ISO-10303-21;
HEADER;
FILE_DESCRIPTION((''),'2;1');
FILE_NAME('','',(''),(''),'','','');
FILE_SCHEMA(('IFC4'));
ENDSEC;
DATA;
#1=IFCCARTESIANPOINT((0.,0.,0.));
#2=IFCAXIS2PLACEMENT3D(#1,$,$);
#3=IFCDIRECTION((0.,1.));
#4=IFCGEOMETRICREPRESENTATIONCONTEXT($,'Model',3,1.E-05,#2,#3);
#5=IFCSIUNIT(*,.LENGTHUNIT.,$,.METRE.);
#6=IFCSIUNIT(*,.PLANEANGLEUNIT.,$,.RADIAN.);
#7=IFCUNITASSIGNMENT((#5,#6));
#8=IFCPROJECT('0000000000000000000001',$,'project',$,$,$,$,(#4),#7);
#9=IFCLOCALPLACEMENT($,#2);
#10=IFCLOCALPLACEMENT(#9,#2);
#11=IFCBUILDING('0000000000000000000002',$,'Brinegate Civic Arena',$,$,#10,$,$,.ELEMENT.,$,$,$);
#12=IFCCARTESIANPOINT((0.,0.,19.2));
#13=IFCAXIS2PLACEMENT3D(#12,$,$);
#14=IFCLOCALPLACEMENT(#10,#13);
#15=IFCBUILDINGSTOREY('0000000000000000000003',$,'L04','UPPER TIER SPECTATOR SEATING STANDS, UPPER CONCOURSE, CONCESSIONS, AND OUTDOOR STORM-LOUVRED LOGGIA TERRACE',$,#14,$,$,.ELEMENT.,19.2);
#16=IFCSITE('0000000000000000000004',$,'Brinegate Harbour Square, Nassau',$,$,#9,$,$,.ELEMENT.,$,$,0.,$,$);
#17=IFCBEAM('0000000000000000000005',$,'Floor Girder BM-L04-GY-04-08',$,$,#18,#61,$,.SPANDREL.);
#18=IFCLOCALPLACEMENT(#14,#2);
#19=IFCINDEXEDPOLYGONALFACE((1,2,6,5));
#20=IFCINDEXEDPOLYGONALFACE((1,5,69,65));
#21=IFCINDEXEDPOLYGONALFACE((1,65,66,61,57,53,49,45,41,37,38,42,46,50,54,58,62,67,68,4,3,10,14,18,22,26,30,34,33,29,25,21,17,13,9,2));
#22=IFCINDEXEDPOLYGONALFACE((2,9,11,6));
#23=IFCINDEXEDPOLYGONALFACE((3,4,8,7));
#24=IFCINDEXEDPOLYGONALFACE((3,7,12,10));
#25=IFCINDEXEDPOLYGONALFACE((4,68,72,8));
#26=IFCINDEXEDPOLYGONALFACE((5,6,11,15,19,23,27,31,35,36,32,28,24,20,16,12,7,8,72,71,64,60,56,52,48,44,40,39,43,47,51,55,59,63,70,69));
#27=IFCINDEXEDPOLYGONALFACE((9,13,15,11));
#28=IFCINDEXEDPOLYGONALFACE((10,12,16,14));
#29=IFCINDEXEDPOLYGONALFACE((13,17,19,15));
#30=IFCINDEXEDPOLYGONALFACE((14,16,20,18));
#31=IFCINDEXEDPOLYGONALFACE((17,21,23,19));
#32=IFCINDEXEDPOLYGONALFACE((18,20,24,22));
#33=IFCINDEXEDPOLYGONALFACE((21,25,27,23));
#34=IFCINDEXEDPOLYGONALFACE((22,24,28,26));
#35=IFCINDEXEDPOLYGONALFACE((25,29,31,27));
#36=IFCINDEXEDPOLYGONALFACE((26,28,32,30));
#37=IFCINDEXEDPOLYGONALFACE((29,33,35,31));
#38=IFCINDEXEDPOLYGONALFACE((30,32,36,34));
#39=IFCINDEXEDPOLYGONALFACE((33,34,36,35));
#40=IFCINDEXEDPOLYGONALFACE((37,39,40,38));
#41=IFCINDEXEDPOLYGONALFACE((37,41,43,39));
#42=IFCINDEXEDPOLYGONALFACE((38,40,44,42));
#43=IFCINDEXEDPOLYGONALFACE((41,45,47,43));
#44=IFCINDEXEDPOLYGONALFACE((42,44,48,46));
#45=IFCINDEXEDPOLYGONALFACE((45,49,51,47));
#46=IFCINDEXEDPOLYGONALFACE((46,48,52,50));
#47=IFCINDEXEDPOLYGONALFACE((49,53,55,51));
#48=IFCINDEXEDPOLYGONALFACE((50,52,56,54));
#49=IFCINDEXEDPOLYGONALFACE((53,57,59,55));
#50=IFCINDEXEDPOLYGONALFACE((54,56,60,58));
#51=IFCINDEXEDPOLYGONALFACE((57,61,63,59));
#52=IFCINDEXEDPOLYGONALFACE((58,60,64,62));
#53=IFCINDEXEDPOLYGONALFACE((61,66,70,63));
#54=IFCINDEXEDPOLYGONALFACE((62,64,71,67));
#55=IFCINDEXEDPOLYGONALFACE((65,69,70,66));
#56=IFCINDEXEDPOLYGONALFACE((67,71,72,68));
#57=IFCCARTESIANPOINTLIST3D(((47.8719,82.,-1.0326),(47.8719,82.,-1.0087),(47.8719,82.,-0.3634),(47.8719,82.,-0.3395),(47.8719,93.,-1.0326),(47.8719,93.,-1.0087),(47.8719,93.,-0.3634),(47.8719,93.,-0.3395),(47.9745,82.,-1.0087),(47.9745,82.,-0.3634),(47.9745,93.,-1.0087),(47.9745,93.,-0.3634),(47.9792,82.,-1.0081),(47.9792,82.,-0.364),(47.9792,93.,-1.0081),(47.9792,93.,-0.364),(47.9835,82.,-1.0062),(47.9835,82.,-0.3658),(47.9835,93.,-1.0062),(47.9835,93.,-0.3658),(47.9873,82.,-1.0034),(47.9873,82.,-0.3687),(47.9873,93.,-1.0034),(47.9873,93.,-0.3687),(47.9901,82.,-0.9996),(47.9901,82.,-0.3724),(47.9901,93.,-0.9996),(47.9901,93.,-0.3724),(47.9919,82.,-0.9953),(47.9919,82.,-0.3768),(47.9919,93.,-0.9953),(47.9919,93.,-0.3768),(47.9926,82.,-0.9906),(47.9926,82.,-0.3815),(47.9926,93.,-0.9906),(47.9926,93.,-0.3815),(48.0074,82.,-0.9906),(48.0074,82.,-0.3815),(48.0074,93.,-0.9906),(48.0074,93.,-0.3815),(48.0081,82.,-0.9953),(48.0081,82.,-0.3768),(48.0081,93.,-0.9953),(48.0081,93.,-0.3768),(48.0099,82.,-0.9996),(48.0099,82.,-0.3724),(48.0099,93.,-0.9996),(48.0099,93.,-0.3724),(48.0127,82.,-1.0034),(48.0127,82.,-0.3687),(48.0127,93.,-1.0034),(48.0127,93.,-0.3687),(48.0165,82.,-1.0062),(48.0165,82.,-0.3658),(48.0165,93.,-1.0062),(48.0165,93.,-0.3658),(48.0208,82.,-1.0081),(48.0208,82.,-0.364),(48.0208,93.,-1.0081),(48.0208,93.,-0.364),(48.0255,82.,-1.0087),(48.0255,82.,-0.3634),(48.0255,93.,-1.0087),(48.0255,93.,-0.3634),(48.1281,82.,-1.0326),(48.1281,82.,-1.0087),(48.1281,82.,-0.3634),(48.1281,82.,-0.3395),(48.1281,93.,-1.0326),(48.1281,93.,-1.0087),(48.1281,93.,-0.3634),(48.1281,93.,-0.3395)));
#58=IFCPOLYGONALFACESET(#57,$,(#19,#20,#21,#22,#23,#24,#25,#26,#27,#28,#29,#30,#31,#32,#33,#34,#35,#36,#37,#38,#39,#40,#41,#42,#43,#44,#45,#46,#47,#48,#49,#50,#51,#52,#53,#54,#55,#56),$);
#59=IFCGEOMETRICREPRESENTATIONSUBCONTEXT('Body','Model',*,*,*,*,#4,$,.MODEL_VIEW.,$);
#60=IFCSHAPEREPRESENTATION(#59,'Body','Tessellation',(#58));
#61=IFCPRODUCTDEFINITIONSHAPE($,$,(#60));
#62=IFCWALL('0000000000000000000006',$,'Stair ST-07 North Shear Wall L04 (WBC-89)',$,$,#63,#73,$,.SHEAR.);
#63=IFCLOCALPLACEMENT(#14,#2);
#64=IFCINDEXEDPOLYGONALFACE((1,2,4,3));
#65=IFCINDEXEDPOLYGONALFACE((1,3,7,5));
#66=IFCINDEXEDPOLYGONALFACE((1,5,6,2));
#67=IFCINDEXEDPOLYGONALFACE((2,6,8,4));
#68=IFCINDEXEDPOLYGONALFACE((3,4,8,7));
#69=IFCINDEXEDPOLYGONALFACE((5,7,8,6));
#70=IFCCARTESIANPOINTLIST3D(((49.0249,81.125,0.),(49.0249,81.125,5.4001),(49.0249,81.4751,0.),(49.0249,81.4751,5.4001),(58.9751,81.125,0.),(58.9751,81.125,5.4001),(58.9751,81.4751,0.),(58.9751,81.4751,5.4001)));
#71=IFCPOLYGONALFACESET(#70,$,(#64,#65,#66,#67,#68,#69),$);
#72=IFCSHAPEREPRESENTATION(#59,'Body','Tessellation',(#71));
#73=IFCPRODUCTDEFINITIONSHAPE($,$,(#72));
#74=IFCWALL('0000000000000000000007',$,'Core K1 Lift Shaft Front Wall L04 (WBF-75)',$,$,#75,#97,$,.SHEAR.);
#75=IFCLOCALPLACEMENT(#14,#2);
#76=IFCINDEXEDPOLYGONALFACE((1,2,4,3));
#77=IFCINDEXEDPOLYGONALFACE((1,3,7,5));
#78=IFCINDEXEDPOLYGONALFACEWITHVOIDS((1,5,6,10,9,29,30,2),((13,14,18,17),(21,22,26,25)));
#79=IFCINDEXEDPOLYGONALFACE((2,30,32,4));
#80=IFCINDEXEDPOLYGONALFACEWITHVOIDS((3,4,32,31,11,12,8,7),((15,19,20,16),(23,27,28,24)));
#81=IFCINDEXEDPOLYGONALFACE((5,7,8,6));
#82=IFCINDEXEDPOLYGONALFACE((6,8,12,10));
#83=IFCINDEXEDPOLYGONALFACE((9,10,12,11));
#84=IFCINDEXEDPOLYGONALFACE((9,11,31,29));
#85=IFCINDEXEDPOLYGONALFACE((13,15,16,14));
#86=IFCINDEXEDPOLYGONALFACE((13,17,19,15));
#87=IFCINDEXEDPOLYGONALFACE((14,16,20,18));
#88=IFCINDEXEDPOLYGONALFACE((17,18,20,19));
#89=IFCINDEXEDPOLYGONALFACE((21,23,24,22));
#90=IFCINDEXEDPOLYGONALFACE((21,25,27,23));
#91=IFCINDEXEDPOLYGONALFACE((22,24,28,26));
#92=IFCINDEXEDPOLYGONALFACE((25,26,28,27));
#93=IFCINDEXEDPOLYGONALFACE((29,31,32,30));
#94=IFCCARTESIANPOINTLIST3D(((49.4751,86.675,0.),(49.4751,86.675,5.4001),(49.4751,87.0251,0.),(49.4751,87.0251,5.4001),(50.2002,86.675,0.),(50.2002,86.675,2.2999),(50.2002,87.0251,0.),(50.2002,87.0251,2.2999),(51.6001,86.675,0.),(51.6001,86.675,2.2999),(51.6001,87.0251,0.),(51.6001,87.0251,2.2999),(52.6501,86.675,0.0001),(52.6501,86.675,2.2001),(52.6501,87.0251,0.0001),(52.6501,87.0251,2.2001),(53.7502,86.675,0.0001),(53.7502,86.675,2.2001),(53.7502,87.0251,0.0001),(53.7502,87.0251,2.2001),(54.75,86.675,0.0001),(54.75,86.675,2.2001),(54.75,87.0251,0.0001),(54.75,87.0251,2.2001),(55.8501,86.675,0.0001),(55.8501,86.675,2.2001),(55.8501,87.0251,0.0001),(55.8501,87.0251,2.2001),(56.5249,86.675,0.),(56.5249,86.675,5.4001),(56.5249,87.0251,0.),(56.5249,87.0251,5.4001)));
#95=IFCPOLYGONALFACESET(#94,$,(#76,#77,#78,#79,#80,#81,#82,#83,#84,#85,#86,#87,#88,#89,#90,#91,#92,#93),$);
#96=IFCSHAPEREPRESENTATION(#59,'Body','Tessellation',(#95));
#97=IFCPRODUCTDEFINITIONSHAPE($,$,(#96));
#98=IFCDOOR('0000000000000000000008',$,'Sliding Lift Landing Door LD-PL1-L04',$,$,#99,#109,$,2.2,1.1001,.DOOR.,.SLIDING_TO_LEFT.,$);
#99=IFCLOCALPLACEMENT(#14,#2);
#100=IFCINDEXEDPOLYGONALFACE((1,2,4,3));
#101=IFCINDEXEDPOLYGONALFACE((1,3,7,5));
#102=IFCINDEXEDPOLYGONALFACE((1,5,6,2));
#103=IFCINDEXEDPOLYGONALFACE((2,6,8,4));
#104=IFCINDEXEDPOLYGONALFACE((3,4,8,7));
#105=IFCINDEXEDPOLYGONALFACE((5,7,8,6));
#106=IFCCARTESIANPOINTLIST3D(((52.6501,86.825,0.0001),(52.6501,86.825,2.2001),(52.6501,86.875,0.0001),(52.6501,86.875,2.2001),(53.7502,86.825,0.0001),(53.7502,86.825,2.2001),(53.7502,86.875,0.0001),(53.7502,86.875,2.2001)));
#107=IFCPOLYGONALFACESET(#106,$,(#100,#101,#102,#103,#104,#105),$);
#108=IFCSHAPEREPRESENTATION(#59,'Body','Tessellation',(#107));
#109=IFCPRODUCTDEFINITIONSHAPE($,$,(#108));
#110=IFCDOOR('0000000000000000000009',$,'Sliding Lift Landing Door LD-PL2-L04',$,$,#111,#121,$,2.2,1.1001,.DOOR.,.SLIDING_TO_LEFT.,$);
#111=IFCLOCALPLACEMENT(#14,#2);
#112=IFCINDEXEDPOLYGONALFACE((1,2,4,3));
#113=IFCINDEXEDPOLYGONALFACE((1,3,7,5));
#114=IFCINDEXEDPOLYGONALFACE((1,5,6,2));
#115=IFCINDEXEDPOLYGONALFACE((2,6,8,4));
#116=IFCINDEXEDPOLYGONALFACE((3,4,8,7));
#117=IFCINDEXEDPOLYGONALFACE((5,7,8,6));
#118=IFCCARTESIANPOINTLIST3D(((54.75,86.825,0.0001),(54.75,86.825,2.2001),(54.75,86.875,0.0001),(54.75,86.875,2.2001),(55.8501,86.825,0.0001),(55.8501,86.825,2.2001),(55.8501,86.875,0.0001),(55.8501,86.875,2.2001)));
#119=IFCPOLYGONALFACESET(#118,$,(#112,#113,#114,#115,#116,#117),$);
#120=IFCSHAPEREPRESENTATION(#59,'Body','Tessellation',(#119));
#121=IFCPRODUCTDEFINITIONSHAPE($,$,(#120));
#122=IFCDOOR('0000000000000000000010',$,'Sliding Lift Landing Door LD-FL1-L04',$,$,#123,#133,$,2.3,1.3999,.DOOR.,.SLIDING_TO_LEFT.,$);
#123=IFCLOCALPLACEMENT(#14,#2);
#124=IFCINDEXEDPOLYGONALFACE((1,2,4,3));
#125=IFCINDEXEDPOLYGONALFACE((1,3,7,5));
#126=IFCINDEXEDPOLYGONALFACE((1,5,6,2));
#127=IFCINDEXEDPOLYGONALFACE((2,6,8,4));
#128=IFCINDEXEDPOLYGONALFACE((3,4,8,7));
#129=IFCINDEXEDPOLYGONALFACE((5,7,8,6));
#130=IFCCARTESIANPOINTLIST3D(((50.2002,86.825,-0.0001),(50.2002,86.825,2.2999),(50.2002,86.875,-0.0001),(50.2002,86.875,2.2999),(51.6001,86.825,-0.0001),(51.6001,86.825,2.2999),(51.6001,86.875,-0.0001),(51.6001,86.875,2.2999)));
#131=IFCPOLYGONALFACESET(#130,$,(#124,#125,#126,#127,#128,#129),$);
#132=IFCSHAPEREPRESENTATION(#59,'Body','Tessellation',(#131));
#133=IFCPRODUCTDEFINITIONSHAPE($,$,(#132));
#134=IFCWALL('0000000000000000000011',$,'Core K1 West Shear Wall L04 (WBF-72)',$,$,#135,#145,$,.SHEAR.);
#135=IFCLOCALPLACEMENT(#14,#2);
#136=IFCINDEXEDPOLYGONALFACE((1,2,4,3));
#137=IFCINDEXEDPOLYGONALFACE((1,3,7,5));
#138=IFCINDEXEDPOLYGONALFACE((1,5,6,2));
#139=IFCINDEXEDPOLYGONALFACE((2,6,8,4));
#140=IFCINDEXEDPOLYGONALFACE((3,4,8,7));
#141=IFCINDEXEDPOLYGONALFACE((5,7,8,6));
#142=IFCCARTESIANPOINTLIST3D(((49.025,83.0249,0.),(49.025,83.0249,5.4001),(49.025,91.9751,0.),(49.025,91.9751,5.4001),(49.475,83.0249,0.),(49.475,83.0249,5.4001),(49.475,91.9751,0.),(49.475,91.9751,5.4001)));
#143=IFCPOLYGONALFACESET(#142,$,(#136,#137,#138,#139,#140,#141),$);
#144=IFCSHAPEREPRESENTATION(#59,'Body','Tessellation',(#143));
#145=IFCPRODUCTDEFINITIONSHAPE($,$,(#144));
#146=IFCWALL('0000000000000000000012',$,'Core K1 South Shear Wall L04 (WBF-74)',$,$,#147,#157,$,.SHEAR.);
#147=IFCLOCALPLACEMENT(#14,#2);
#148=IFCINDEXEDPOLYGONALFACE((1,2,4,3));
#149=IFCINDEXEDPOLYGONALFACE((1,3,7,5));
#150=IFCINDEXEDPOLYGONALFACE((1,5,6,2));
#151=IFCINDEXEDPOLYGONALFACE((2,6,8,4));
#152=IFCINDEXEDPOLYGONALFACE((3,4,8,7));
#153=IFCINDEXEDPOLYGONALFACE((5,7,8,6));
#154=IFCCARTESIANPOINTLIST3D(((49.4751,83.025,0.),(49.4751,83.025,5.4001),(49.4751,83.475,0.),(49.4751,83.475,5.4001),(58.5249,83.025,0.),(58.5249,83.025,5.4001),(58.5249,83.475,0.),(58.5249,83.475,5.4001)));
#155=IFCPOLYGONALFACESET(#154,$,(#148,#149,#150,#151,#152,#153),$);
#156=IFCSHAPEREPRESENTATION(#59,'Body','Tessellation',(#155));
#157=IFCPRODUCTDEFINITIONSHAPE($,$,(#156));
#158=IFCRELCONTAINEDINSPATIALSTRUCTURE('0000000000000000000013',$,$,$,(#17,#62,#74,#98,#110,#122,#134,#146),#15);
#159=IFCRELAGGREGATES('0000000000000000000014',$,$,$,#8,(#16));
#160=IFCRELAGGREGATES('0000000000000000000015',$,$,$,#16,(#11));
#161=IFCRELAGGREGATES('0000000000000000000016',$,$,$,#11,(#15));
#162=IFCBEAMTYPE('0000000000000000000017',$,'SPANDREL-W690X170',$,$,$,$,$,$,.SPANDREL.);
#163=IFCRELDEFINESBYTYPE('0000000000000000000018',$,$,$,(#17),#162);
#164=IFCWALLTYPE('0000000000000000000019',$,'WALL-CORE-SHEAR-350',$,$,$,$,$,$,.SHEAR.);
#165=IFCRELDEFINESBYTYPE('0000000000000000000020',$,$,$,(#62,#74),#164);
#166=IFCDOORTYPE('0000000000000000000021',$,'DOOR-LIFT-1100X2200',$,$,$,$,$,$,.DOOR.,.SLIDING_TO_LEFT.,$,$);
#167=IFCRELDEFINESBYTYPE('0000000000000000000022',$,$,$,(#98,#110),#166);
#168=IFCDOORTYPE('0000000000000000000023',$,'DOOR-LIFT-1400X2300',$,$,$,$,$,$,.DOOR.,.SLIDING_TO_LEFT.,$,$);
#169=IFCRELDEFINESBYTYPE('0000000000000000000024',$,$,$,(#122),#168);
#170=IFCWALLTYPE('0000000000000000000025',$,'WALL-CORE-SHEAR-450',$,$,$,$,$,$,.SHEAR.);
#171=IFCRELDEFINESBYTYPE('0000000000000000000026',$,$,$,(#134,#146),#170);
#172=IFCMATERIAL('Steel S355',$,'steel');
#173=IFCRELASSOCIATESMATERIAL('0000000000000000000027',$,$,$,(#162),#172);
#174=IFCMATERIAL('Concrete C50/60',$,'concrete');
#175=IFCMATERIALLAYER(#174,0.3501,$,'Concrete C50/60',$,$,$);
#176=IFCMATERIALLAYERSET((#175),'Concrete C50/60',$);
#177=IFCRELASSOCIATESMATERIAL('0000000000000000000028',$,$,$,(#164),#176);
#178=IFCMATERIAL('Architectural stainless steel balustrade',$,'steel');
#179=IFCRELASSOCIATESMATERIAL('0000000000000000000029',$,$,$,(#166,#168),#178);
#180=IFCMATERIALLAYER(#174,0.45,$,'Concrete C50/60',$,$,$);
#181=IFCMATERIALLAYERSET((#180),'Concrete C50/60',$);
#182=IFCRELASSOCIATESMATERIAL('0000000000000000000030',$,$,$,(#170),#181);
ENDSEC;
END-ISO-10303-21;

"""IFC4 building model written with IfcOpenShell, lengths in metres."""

from ifc_helpers import new_model, si_unit, direction, frame, frame_2d, origin, origin_2d, place, context, subcontext, project, spatial, rectangle, i_section, extrude, material, layer, layer_set, material_profile, profile_set, type_object, element, fill, save


model = new_model("IFC4")

# Units and contexts
model_context = context("Model", 3, precision=1e-05, world=origin(), true_north=direction((0.0, 1.0)))
body_context = subcontext(model_context, "Body", "Model", "MODEL_VIEW")
ifc_project = project(units=[si_unit("LENGTHUNIT", "METRE"), si_unit("PLANEANGLEUNIT", "RADIAN")], contexts=[model_context])

# Site, building, storey
site_placement = place(None, origin())
site = spatial("IfcSite", under=ifc_project, at=site_placement, Name="Brinegate Harbour Square, Nassau", CompositionType="ELEMENT", RefElevation=0.0)
building_placement = place(site_placement, origin())
building = spatial("IfcBuilding", under=site, at=building_placement, Name="Brinegate Civic Arena", CompositionType="ELEMENT")
storey_placement = place(building_placement, frame((0.0, 0.0, 19.2)))
storey = spatial("IfcBuildingStorey", under=building, at=storey_placement, Name="L04", Description="UPPER TIER SPECTATOR SEATING STANDS, UPPER CONCOURSE, CONCESSIONS, AND OUTDOOR STORM-LOUVRED LOGGIA TERRACE", CompositionType="ELEMENT", Elevation=19.2)

# Shared definitions
ifc_material_1 = material(Name="Concrete C50/60", Category="concrete")

# Beam
ifc_material_2 = material(Name="Steel S355", Category="steel")
ifc_material_profile_1 = material_profile(ifc_material_2, i_section(OverallWidth=0.2561, OverallDepth=0.6931, WebThickness=0.0149, FlangeThickness=0.0239, FilletRadius=0.0181, at=origin_2d()), Name="W690X170")
ifc_profile_set_1 = profile_set([ifc_material_profile_1], Name="Steel S355")
beam_type_1 = type_object("IfcBeamType", Name="SPANDREL-W690X170", PredefinedType="SPANDREL", material=ifc_profile_set_1)
beam_1_placement = place(storey_placement, frame((48.0, 82.0, -0.686), z_axis=(0.0, 1.0, 0.0), x_axis=(-1.0, 0.0, 0.0)))
element("IfcBeam", 1, at=beam_1_placement, inside=storey, type_object=beam_type_1, Name="Floor Girder BM-L04-GY-04-08", PredefinedType="SPANDREL", context=body_context, shape_type="SweptSolid", body=[
    extrude(i_section(OverallWidth=0.2561, OverallDepth=0.6931, WebThickness=0.0149, FlangeThickness=0.0239, FilletRadius=0.0181, at=origin_2d()), origin(), (0.0, 0.0, 1.0), 11.0),
])

# Wall
ifc_layer_1 = layer(ifc_material_1, 0.3501, Name="Concrete C50/60")
ifc_layer_set_1 = layer_set([ifc_layer_1], Name="Concrete C50/60")
wall_type_1 = type_object("IfcWallType", Name="WALL-CORE-SHEAR-350", PredefinedType="SHEAR", material=ifc_layer_set_1)
wall_1_placement = place(storey_placement, frame((49.0249, 81.3, 0.0), z_axis=(0.0, 0.0, 1.0), x_axis=(1.0, 0.0, 0.0)))
element("IfcWall", 2, at=wall_1_placement, inside=storey, type_object=wall_type_1, Name="Stair ST-07 North Shear Wall L04 (WBC-89)", PredefinedType="SHEAR", context=body_context, shape_type="SweptSolid", body=[
    extrude(rectangle(XDim=9.9502, YDim=0.3501, at=frame_2d((4.9751, 0.0))), origin(), (0.0, 0.0, 1.0), 5.4001),
])

# Wall, openings, doors
wall_2_placement = place(storey_placement, frame((49.4751, 86.8501, 0.0), z_axis=(0.0, 0.0, 1.0), x_axis=(1.0, 0.0, 0.0)))
wall_2 = element("IfcWall", 3, at=wall_2_placement, inside=storey, type_object=wall_type_1, Name="Core K1 Lift Shaft Front Wall L04 (WBF-75)", PredefinedType="SHEAR", context=body_context, shape_type="SweptSolid", body=[
    extrude(rectangle(XDim=7.0498, YDim=0.3501, at=frame_2d((3.5249, 0.0))), origin(), (0.0, 0.0, 1.0), 5.4001),
])
opening_1_placement = place(wall_2_placement, frame((0.7251, 0.0, 0.0)))
opening_1 = element("IfcOpeningElement", 4, at=opening_1_placement, cuts=wall_2, PredefinedType="OPENING", context=body_context, shape_type="SweptSolid", body=[
    extrude(rectangle(XDim=1.3999, YDim=2.3, at=frame_2d((0.7, 1.1499))), frame((0.0, 0.1851, 0.0), z_axis=(0.0, -1.0, 0.0), x_axis=(1.0, 0.0, 0.0)), (0.0, 0.0, 1.0), 0.3701),
])
opening_2_placement = place(wall_2_placement, frame((3.175, 0.0, 0.0)))
opening_2 = element("IfcOpeningElement", 5, at=opening_2_placement, cuts=wall_2, PredefinedType="OPENING", context=body_context, shape_type="SweptSolid", body=[
    extrude(rectangle(XDim=1.1001, YDim=2.2, at=frame_2d((0.55, 1.1001))), frame((0.0, 0.1851, 0.0), z_axis=(0.0, -1.0, 0.0), x_axis=(1.0, 0.0, 0.0)), (0.0, 0.0, 1.0), 0.3701),
])
opening_3_placement = place(wall_2_placement, frame((5.2749, 0.0, 0.0)))
opening_3 = element("IfcOpeningElement", 6, at=opening_3_placement, cuts=wall_2, PredefinedType="OPENING", context=body_context, shape_type="SweptSolid", body=[
    extrude(rectangle(XDim=1.1001, YDim=2.2, at=frame_2d((0.55, 1.1001))), frame((0.0, 0.1851, 0.0), z_axis=(0.0, -1.0, 0.0), x_axis=(1.0, 0.0, 0.0)), (0.0, 0.0, 1.0), 0.3701),
])
ifc_material_3 = material(Name="Architectural stainless steel balustrade", Category="steel")
door_type_1 = type_object("IfcDoorType", Name="DOOR-LIFT-1100X2200", OperationType="SLIDING_TO_LEFT", PredefinedType="DOOR", material=ifc_material_3)
door_1_placement = place(opening_2_placement, origin())
door_1 = element("IfcDoor", 7, at=door_1_placement, inside=storey, type_object=door_type_1, Name="Sliding Lift Landing Door LD-PL1-L04", OperationType="SLIDING_TO_LEFT", OverallHeight=2.2, OverallWidth=1.1001, PredefinedType="DOOR", context=body_context, shape_type="SweptSolid", body=[
    extrude(rectangle(XDim=1.1001, YDim=2.2, at=frame_2d((0.55, 1.1001))), frame((0.0, 0.0249, 0.0), z_axis=(0.0, -1.0, 0.0), x_axis=(1.0, 0.0, 0.0)), (0.0, 0.0, 1.0), 0.05),
])
fill(opening_2, door_1)
door_2_placement = place(opening_3_placement, origin())
door_2 = element("IfcDoor", 8, at=door_2_placement, inside=storey, type_object=door_type_1, Name="Sliding Lift Landing Door LD-PL2-L04", OperationType="SLIDING_TO_LEFT", OverallHeight=2.2, OverallWidth=1.1001, PredefinedType="DOOR", context=body_context, shape_type="SweptSolid", body=[
    extrude(rectangle(XDim=1.1001, YDim=2.2, at=frame_2d((0.55, 1.1001))), frame((0.0, 0.0249, 0.0), z_axis=(0.0, -1.0, 0.0), x_axis=(1.0, 0.0, 0.0)), (0.0, 0.0, 1.0), 0.05),
])
fill(opening_3, door_2)
door_type_2 = type_object("IfcDoorType", Name="DOOR-LIFT-1400X2300", OperationType="SLIDING_TO_LEFT", PredefinedType="DOOR", material=ifc_material_3)
door_3_placement = place(opening_1_placement, origin())
door_3 = element("IfcDoor", 9, at=door_3_placement, inside=storey, type_object=door_type_2, Name="Sliding Lift Landing Door LD-FL1-L04", OperationType="SLIDING_TO_LEFT", OverallHeight=2.3, OverallWidth=1.3999, PredefinedType="DOOR", context=body_context, shape_type="SweptSolid", body=[
    extrude(rectangle(XDim=1.3999, YDim=2.3, at=frame_2d((0.7, 1.1499))), frame((0.0, 0.0249, 0.0), z_axis=(0.0, -1.0, 0.0), x_axis=(1.0, 0.0, 0.0)), (0.0, 0.0, 1.0), 0.05),
])
fill(opening_1, door_3)

# Walls
ifc_layer_2 = layer(ifc_material_1, 0.45, Name="Concrete C50/60")
ifc_layer_set_2 = layer_set([ifc_layer_2], Name="Concrete C50/60")
wall_type_2 = type_object("IfcWallType", Name="WALL-CORE-SHEAR-450", PredefinedType="SHEAR", material=ifc_layer_set_2)
wall_3_placement = place(storey_placement, frame((49.25, 83.0249, 0.0), z_axis=(0.0, 0.0, 1.0), x_axis=(0.0, 1.0, 0.0)))
element("IfcWall", 10, at=wall_3_placement, inside=storey, type_object=wall_type_2, Name="Core K1 West Shear Wall L04 (WBF-72)", PredefinedType="SHEAR", context=body_context, shape_type="SweptSolid", body=[
    extrude(rectangle(XDim=8.9502, YDim=0.45, at=frame_2d((4.4751, 0.0))), origin(), (0.0, 0.0, 1.0), 5.4001),
])
wall_4_placement = place(storey_placement, frame((49.4751, 83.25, 0.0), z_axis=(0.0, 0.0, 1.0), x_axis=(1.0, 0.0, 0.0)))
element("IfcWall", 11, at=wall_4_placement, inside=storey, type_object=wall_type_2, Name="Core K1 South Shear Wall L04 (WBF-74)", PredefinedType="SHEAR", context=body_context, shape_type="SweptSolid", body=[
    extrude(rectangle(XDim=9.0498, YDim=0.45, at=frame_2d((4.5249, 0.0))), origin(), (0.0, 0.0, 1.0), 5.4001),
])

save(model, "model.ifc")
